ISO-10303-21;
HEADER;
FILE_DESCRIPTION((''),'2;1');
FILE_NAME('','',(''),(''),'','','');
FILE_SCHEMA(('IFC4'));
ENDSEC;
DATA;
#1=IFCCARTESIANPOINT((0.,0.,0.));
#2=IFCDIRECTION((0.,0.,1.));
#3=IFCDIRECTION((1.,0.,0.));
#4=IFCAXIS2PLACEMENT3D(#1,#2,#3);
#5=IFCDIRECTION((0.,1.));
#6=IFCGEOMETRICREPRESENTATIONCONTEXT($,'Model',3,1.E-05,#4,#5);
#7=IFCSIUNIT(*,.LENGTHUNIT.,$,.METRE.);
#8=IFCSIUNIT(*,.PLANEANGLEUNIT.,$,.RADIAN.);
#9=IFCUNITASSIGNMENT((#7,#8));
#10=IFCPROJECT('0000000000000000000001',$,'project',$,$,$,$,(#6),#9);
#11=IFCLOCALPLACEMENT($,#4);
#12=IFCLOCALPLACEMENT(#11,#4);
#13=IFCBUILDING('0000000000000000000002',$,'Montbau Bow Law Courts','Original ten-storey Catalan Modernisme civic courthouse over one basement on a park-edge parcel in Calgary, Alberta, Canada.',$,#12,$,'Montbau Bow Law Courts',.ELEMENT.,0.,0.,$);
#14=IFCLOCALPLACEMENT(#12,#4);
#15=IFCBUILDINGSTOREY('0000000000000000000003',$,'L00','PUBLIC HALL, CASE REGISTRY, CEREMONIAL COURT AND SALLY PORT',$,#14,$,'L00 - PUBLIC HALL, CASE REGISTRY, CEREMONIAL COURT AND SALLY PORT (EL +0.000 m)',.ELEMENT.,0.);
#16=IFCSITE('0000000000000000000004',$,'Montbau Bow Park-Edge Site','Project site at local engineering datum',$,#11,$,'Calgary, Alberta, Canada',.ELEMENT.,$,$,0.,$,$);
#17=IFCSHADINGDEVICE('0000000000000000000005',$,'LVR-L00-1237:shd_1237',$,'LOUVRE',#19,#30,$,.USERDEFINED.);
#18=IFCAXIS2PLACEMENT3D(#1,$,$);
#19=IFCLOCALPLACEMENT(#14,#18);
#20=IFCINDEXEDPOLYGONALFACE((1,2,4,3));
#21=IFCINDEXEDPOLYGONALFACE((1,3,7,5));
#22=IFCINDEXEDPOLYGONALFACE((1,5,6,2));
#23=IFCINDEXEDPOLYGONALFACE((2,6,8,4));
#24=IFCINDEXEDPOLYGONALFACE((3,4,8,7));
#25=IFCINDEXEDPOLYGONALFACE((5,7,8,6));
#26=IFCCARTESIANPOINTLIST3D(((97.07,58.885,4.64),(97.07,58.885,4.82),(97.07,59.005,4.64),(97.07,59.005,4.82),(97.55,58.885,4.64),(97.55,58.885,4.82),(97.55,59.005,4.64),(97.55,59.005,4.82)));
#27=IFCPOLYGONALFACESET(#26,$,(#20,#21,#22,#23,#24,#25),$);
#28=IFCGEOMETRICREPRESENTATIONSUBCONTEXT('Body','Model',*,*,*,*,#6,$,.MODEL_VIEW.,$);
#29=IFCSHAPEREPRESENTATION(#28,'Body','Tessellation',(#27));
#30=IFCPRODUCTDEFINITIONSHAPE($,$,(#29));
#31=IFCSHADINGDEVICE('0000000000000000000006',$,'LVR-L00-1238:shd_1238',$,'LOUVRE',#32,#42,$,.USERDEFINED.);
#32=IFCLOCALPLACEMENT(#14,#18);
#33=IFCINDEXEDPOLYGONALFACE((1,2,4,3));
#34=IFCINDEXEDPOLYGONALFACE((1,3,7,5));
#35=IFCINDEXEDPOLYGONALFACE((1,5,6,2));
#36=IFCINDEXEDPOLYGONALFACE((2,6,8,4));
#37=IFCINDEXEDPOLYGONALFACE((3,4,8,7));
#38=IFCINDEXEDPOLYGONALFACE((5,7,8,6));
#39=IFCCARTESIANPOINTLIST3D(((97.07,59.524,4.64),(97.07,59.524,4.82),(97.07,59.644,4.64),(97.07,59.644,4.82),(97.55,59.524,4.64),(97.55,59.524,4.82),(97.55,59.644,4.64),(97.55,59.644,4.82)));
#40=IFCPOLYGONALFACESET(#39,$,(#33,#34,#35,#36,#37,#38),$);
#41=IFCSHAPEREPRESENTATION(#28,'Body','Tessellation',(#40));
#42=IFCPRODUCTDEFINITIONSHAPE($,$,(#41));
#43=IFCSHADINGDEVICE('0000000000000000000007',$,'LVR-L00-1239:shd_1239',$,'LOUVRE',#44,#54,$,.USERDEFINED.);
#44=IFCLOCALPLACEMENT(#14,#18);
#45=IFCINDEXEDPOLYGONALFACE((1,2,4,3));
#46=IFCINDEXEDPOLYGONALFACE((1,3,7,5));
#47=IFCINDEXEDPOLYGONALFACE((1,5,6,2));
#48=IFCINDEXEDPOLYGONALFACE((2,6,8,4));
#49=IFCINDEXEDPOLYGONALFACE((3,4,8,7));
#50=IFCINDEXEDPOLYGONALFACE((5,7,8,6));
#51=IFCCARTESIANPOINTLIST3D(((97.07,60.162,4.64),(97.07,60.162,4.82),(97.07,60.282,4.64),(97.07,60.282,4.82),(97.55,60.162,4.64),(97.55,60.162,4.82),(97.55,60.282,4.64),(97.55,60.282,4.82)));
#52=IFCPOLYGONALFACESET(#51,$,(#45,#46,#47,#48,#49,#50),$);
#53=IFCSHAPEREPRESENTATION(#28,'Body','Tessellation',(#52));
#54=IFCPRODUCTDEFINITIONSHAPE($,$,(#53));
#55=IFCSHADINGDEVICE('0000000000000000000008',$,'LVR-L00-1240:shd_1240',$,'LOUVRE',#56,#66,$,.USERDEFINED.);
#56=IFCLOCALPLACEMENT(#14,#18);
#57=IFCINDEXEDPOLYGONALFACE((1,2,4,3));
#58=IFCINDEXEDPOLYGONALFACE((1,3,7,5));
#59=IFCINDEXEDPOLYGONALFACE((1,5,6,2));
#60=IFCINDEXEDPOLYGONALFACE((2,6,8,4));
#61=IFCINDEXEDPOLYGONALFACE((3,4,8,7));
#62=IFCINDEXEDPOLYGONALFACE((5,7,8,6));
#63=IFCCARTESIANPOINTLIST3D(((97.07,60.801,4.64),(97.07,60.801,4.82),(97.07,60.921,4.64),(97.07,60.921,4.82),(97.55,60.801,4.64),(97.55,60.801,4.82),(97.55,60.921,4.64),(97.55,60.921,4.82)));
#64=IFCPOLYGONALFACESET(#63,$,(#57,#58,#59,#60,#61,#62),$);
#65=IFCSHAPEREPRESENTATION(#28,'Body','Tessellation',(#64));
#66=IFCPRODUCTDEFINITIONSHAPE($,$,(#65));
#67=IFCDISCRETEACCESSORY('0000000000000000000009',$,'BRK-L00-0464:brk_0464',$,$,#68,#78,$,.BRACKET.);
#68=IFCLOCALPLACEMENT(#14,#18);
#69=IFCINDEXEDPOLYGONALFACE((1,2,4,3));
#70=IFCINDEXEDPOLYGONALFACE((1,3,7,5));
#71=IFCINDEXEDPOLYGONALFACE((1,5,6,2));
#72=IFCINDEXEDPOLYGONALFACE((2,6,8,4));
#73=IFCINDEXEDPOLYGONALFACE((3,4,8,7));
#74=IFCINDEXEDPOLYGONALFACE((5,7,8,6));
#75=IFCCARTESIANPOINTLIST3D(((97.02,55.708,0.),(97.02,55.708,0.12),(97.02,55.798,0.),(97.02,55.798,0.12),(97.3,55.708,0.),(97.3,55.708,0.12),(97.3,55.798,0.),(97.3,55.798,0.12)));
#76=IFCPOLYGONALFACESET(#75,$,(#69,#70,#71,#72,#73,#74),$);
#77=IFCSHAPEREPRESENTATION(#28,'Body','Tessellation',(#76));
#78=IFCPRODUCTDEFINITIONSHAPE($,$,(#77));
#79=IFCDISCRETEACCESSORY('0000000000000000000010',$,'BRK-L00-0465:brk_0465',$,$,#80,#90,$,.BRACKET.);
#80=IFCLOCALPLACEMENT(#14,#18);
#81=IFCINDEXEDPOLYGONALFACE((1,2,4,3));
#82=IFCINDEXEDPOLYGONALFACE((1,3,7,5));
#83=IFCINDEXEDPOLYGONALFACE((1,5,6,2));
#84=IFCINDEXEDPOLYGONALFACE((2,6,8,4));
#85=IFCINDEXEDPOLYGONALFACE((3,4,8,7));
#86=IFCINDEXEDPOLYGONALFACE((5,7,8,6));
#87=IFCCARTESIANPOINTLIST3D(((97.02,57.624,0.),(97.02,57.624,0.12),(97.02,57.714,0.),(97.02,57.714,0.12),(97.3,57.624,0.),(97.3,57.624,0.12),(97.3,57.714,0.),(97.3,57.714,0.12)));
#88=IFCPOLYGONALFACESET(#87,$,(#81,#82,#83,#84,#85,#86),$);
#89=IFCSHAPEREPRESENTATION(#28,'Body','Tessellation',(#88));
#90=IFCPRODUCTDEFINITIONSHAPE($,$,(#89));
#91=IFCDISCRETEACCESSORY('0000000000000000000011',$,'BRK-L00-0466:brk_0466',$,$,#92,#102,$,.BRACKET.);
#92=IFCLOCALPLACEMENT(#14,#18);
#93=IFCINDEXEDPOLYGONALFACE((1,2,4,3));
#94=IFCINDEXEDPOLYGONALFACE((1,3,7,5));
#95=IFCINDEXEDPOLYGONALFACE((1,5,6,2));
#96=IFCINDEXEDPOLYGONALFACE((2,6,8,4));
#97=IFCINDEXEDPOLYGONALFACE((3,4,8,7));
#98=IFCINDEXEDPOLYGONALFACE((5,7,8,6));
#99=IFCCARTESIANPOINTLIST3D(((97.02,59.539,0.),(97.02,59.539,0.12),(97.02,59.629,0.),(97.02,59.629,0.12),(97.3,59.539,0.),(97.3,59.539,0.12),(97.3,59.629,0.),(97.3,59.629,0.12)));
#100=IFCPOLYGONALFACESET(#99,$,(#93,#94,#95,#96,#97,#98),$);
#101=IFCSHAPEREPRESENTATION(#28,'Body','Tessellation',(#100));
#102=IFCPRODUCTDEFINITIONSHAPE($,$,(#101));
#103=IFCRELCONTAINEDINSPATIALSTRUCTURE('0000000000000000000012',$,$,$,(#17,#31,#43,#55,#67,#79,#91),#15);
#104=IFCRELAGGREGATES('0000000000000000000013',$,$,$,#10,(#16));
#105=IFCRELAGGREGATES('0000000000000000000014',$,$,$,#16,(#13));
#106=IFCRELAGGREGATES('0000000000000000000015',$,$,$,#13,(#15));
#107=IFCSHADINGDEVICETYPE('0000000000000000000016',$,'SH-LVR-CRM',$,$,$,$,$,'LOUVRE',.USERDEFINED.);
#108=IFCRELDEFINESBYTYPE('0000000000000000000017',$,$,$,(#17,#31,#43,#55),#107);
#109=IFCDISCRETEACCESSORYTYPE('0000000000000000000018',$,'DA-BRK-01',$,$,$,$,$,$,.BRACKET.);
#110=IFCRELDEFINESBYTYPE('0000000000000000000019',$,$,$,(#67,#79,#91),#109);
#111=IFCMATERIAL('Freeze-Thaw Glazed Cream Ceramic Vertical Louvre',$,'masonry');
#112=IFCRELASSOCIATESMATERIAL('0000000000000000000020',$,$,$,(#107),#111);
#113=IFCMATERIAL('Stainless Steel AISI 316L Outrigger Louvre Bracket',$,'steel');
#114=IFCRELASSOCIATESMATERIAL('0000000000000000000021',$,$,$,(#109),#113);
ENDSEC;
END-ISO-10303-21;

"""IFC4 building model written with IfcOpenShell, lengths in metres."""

from ifc_helpers import new_model, si_unit, direction, frame, origin_with_axes, origin_2d_with_axis, place, context, subcontext, project, spatial, rectangle, extrude, material, type_object, element, save


model = new_model("IFC4")

# Units and contexts
model_context = context("Model", 3, precision=1e-05, world=origin_with_axes(), true_north=direction((0.0, 1.0)))
body_context = subcontext(model_context, "Body", "Model", "MODEL_VIEW")
ifc_project = project(units=[si_unit("LENGTHUNIT", "METRE"), si_unit("PLANEANGLEUNIT", "RADIAN")], contexts=[model_context])

# Site, building, storey
site_placement = place(None, origin_with_axes())
site = spatial("IfcSite", under=ifc_project, at=site_placement, Name="Montbau Bow Park-Edge Site", Description="Project site at local engineering datum", LongName="Calgary, Alberta, Canada", CompositionType="ELEMENT", RefElevation=0.0)
building_placement = place(site_placement, origin_with_axes())
building = spatial("IfcBuilding", under=site, at=building_placement, Name="Montbau Bow Law Courts", Description="Original ten-storey Catalan Modernisme civic courthouse over one basement on a park-edge parcel in Calgary, Alberta, Canada.", LongName="Montbau Bow Law Courts", CompositionType="ELEMENT", ElevationOfRefHeight=0.0, ElevationOfTerrain=0.0)
storey_placement = place(building_placement, origin_with_axes())
storey = spatial("IfcBuildingStorey", under=building, at=storey_placement, Name="L00", Description="PUBLIC HALL, CASE REGISTRY, CEREMONIAL COURT AND SALLY PORT", LongName="L00 - PUBLIC HALL, CASE REGISTRY, CEREMONIAL COURT AND SALLY PORT (EL +0.000 m)", CompositionType="ELEMENT", Elevation=0.0)

# Shading devices
ifc_material_1 = material(Name="Freeze-Thaw Glazed Cream Ceramic Vertical Louvre", Category="masonry")
shading_device_type = type_object("IfcShadingDeviceType", Name="SH-LVR-CRM", ElementType="LOUVRE", PredefinedType="USERDEFINED", material=ifc_material_1)
for number, where, z_axis, x_axis, name in (
    (1, (97.31, 58.945, 4.64), (0.0, 0.0, 1.0), (1.0, 0.0, 0.0), "LVR-L00-1237:shd_1237"),
    (2, (97.31, 59.584, 4.64), (0.0, 0.0, 1.0), (1.0, 0.0, 0.0), "LVR-L00-1238:shd_1238"),
    (3, (97.31, 60.222, 4.64), (0.0, 0.0, 1.0), (1.0, 0.0, 0.0), "LVR-L00-1239:shd_1239"),
    (4, (97.31, 60.861, 4.64), (0.0, 0.0, 1.0), (1.0, 0.0, 0.0), "LVR-L00-1240:shd_1240"),
):
    element("IfcShadingDevice", number, at=place(None, frame(where, z_axis=z_axis, x_axis=x_axis)), inside=storey, type_object=shading_device_type, Name=name, ObjectType="LOUVRE", PredefinedType="USERDEFINED", context=body_context, shape_type="SweptSolid", body=[
        extrude(rectangle(XDim=0.48, YDim=0.12, at=origin_2d_with_axis()), origin_with_axes(), (0.0, 0.0, 1.0), 0.18),
    ])

# Discrete accessories
ifc_material_2 = material(Name="Stainless Steel AISI 316L Outrigger Louvre Bracket", Category="steel")
discrete_accessory_type = type_object("IfcDiscreteAccessoryType", Name="DA-BRK-01", PredefinedType="BRACKET", material=ifc_material_2)
for number, where, z_axis, x_axis, name in (
    (5, (97.16, 55.753, 0.0), (0.0, 0.0, 1.0), (1.0, 0.0, 0.0), "BRK-L00-0464:brk_0464"),
    (6, (97.16, 57.669, 0.0), (0.0, 0.0, 1.0), (1.0, 0.0, 0.0), "BRK-L00-0465:brk_0465"),
    (7, (97.16, 59.584, 0.0), (0.0, 0.0, 1.0), (1.0, 0.0, 0.0), "BRK-L00-0466:brk_0466"),
):
    element("IfcDiscreteAccessory", number, at=place(None, frame(where, z_axis=z_axis, x_axis=x_axis)), inside=storey, type_object=discrete_accessory_type, Name=name, PredefinedType="BRACKET", context=body_context, shape_type="SweptSolid", body=[
        extrude(rectangle(XDim=0.28, YDim=0.09, at=origin_2d_with_axis()), origin_with_axes(), (0.0, 0.0, 1.0), 0.12),
    ])

save(model, "model.ifc")
